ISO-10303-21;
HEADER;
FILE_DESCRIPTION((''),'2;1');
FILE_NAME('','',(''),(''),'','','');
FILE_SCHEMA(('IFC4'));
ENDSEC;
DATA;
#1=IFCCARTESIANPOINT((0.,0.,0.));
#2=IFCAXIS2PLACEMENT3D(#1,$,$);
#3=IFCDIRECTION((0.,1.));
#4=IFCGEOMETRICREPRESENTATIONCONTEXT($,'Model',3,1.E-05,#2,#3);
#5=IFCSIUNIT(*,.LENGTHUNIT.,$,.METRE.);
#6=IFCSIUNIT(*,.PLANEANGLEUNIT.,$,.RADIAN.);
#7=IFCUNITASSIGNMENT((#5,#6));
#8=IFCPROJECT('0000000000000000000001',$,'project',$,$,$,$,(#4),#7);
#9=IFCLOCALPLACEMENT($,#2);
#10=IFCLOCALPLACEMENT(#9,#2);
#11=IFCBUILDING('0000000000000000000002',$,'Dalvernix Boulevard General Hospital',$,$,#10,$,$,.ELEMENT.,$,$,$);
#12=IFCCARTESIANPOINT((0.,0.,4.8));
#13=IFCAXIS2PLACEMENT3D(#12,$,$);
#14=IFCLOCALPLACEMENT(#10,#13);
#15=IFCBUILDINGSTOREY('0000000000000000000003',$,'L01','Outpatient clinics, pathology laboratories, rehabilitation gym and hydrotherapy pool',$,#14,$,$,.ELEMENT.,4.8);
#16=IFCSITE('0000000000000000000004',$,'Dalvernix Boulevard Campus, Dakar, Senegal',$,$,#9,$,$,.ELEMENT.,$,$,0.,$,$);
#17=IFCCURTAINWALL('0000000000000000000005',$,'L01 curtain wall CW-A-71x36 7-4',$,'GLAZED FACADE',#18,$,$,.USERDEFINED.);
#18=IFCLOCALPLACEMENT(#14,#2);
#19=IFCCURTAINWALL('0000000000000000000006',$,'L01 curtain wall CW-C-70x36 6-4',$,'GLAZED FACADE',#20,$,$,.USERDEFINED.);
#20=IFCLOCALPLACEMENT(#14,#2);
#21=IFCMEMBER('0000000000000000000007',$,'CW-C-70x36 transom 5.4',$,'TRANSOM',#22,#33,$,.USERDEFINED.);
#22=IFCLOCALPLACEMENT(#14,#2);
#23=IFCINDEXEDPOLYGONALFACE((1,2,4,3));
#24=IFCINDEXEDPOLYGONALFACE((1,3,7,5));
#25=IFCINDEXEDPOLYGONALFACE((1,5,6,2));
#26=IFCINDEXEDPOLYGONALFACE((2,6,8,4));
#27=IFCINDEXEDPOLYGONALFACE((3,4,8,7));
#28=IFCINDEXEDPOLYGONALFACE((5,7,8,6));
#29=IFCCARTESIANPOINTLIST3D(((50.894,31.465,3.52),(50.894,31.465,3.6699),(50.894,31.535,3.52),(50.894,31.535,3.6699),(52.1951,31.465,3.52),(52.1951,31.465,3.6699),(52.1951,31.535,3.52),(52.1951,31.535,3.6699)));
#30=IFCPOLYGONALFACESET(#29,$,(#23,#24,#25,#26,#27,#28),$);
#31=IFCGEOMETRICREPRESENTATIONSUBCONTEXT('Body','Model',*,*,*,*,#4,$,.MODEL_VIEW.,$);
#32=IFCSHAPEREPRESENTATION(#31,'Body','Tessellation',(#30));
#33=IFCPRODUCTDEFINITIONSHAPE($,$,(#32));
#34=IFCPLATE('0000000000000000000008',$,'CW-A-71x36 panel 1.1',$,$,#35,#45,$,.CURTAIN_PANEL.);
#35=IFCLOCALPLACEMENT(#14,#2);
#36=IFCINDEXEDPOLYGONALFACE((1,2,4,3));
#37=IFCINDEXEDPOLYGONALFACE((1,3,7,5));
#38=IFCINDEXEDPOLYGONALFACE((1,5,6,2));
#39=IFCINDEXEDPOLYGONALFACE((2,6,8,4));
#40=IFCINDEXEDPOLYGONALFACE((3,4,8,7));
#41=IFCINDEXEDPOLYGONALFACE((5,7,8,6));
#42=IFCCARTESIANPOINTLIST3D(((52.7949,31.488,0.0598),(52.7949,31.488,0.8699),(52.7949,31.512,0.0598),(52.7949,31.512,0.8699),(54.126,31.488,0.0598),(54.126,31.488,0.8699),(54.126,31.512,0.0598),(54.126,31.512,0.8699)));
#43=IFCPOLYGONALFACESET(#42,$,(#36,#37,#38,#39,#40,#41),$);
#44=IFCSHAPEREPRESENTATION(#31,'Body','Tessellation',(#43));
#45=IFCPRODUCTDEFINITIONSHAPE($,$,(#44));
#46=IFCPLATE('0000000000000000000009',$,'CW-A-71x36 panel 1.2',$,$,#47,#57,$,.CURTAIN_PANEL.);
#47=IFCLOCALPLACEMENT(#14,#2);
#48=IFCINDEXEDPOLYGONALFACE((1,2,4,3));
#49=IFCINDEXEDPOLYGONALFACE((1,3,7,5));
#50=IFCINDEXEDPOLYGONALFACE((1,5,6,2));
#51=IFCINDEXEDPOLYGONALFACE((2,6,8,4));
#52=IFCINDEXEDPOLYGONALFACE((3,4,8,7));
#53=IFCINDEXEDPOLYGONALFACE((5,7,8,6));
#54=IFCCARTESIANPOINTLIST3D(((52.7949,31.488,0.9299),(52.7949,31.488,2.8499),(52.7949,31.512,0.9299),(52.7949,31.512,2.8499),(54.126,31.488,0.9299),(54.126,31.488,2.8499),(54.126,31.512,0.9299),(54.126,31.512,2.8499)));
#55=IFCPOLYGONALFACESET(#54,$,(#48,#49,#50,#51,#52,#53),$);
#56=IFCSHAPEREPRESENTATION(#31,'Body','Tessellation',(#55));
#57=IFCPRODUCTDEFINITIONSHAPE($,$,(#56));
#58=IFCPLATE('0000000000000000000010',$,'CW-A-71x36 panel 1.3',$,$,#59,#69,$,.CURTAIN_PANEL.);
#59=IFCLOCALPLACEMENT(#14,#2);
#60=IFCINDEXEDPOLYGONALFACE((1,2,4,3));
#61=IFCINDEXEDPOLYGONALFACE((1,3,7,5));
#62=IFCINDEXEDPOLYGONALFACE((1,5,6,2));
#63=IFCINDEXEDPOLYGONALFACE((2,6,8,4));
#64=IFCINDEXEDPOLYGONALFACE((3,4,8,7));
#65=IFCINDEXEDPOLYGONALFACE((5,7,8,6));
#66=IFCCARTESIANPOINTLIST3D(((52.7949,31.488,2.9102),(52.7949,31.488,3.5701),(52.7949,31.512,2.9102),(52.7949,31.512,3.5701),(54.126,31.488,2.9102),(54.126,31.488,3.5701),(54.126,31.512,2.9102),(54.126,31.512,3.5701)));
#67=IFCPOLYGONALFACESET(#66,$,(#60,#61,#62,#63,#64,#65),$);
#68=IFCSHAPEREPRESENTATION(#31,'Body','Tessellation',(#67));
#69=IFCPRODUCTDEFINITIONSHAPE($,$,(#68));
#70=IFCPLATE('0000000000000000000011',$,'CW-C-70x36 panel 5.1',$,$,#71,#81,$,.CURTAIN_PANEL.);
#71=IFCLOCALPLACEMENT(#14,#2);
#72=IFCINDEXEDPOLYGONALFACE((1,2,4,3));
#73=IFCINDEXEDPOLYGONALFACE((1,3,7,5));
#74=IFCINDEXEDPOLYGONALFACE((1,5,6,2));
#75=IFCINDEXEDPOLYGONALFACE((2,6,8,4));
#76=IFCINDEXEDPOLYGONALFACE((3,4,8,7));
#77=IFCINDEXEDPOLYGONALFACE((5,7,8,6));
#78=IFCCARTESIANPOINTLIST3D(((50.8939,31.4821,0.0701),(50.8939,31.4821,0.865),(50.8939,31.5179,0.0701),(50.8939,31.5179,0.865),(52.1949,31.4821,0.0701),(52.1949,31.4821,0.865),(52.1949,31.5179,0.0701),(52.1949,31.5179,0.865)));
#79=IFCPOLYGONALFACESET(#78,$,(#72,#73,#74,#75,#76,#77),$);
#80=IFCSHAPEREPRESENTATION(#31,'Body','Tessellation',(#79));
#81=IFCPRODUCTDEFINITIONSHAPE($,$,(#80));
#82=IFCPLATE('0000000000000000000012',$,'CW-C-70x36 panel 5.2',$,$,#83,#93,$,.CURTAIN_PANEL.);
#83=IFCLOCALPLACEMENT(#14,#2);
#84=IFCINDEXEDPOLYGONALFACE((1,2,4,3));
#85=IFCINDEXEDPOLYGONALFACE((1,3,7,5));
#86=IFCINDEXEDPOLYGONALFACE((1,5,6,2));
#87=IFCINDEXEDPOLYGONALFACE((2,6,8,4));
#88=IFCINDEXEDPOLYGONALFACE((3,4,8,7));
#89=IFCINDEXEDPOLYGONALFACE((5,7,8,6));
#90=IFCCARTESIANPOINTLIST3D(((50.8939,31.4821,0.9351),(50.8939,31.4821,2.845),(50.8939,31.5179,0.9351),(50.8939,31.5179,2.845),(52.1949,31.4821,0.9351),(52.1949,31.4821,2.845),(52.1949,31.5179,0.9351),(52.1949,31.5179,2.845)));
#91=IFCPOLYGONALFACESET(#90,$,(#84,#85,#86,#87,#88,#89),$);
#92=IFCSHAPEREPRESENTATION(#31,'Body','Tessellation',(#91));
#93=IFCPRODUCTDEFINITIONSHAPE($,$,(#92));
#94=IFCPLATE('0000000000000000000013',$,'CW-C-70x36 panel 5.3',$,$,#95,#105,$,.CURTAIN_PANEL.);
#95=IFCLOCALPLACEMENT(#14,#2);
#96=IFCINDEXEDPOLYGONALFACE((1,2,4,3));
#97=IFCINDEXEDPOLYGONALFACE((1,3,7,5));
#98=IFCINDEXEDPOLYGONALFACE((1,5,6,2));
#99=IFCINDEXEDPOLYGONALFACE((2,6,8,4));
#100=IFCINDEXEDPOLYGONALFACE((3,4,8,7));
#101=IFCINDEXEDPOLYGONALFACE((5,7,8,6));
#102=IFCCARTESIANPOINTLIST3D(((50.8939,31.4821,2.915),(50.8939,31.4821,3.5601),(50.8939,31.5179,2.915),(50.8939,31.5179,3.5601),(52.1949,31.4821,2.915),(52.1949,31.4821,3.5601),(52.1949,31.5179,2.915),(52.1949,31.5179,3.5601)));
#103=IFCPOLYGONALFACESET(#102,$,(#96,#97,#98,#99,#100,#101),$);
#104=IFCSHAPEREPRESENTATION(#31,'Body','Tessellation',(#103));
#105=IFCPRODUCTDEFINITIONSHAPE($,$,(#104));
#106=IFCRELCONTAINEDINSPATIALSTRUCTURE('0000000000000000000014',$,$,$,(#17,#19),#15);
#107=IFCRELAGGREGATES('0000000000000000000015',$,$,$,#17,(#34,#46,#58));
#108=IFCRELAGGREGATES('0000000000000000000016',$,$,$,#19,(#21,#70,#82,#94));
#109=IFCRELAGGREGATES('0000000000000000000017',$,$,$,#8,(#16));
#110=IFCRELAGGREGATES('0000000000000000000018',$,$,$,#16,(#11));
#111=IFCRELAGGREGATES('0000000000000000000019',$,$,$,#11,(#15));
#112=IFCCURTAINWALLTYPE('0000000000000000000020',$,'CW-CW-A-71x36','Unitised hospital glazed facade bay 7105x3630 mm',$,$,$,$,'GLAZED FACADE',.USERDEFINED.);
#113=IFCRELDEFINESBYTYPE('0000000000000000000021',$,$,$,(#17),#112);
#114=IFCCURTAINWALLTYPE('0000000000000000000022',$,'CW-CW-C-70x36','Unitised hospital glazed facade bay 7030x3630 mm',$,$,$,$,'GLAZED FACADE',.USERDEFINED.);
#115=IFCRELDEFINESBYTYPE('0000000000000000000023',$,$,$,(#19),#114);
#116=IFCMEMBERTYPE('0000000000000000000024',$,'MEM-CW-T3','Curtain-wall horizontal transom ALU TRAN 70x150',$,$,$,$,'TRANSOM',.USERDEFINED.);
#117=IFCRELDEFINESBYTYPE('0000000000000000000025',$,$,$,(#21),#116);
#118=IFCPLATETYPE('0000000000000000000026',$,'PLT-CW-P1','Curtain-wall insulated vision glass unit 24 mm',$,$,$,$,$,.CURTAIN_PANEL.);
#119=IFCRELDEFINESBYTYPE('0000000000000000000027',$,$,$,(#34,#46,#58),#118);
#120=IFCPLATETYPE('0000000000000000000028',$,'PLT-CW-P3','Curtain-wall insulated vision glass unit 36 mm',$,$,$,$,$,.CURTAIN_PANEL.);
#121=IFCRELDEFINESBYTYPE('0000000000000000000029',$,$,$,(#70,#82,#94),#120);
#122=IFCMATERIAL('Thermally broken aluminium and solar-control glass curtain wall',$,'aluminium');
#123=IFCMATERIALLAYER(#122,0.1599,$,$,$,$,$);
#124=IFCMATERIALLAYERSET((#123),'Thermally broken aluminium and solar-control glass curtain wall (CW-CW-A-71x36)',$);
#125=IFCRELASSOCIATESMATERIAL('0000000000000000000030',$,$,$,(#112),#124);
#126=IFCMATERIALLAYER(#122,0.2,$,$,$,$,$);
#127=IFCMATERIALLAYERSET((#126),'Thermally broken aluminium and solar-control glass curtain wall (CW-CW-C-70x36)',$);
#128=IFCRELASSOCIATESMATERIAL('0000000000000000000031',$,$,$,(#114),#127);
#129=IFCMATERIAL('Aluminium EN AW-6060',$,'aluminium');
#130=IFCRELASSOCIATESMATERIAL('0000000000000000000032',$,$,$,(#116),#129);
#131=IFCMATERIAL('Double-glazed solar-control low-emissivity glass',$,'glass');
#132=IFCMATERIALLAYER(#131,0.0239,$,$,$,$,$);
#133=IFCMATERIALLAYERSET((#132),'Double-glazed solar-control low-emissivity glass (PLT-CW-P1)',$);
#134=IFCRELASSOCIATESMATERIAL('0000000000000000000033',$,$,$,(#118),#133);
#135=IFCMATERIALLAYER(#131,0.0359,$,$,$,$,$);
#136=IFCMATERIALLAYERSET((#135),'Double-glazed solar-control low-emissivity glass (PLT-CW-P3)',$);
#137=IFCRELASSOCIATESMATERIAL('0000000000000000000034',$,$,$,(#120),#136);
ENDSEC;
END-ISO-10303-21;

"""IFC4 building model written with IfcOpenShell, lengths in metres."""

from ifc_helpers import new_model, si_unit, direction, frame, origin, origin_2d, place, context, subcontext, project, spatial, rectangle, extrude, material, layer, layer_set, material_profile, profile_set, type_object, element, aggregate, save


model = new_model("IFC4")

# Units and contexts
model_context = context("Model", 3, precision=1e-05, world=origin(), true_north=direction((0.0, 1.0)))
body_context = subcontext(model_context, "Body", "Model", "MODEL_VIEW")
ifc_project = project(units=[si_unit("LENGTHUNIT", "METRE"), si_unit("PLANEANGLEUNIT", "RADIAN")], contexts=[model_context])

# Site, building, storey
site_placement = place(None, origin())
site = spatial("IfcSite", under=ifc_project, at=site_placement, Name="Dalvernix Boulevard Campus, Dakar, Senegal", CompositionType="ELEMENT", RefElevation=0.0)
building_placement = place(site_placement, origin())
building = spatial("IfcBuilding", under=site, at=building_placement, Name="Dalvernix Boulevard General Hospital", CompositionType="ELEMENT")
storey_placement = place(building_placement, frame((0.0, 0.0, 4.8)))
storey = spatial("IfcBuildingStorey", under=building, at=storey_placement, Name="L01", Description="Outpatient clinics, pathology laboratories, rehabilitation gym and hydrotherapy pool", CompositionType="ELEMENT", Elevation=4.8)

# Curtain wall
ifc_material_1 = material(Name="Thermally broken aluminium and solar-control glass curtain wall", Category="aluminium")
ifc_layer_1 = layer(ifc_material_1, 0.1599)
ifc_layer_set_1 = layer_set([ifc_layer_1], Name="Thermally broken aluminium and solar-control glass curtain wall (CW-CW-A-71x36)")
curtain_wall_type_1 = type_object("IfcCurtainWallType", Name="CW-CW-A-71x36", Description="Unitised hospital glazed facade bay 7105x3630 mm", ElementType="GLAZED FACADE", PredefinedType="USERDEFINED", material=ifc_layer_set_1)
curtain_wall_1_placement = place(storey_placement, origin())
curtain_wall_1 = element("IfcCurtainWall", 1, at=curtain_wall_1_placement, inside=storey, type_object=curtain_wall_type_1, Name="L01 curtain wall CW-A-71x36 7-4", ObjectType="GLAZED FACADE", PredefinedType="USERDEFINED")
ifc_material_2 = material(Name="Aluminium EN AW-6060", Category="aluminium")

# Curtain wall
ifc_layer_2 = layer(ifc_material_1, 0.2)
ifc_layer_set_2 = layer_set([ifc_layer_2], Name="Thermally broken aluminium and solar-control glass curtain wall (CW-CW-C-70x36)")
curtain_wall_type_2 = type_object("IfcCurtainWallType", Name="CW-CW-C-70x36", Description="Unitised hospital glazed facade bay 7030x3630 mm", ElementType="GLAZED FACADE", PredefinedType="USERDEFINED", material=ifc_layer_set_2)
curtain_wall_2_placement = place(storey_placement, origin())
curtain_wall_2 = element("IfcCurtainWall", 2, at=curtain_wall_2_placement, inside=storey, type_object=curtain_wall_type_2, Name="L01 curtain wall CW-C-70x36 6-4", ObjectType="GLAZED FACADE", PredefinedType="USERDEFINED")

# Member
ifc_material_profile_1 = material_profile(ifc_material_2, rectangle(XDim=0.0701, YDim=0.1499, at=origin_2d()), Name="ALU TRAN 70x150")
ifc_profile_set_1 = profile_set([ifc_material_profile_1], Name="Aluminium EN AW-6060")
member_type_1 = type_object("IfcMemberType", Name="MEM-CW-T3", Description="Curtain-wall horizontal transom ALU TRAN 70x150", ElementType="TRANSOM", PredefinedType="USERDEFINED", material=ifc_profile_set_1)
member_1_placement = place(storey_placement, frame((50.894, 31.5, 3.595), z_axis=(1.0, 0.0, 0.0), x_axis=(0.0, 1.0, 0.0)))
member_1 = element("IfcMember", 3, at=member_1_placement, type_object=member_type_1, Name="CW-C-70x36 transom 5.4", ObjectType="TRANSOM", PredefinedType="USERDEFINED", context=body_context, shape_type="SweptSolid", body=[
    extrude(rectangle(XDim=0.0701, YDim=0.1499, at=origin_2d()), origin(), (0.0, 0.0, 1.0), 1.301),
])

# Plates
ifc_material_3 = material(Name="Double-glazed solar-control low-emissivity glass", Category="glass")
ifc_layer_3 = layer(ifc_material_3, 0.0239)
ifc_layer_set_3 = layer_set([ifc_layer_3], Name="Double-glazed solar-control low-emissivity glass (PLT-CW-P1)")
plate_type_1 = type_object("IfcPlateType", Name="PLT-CW-P1", Description="Curtain-wall insulated vision glass unit 24 mm", PredefinedType="CURTAIN_PANEL", material=ifc_layer_set_3)
plate_1_placement = place(storey_placement, frame((53.4604, 31.5, 0.0598), z_axis=(0.0, 0.0, 1.0), x_axis=(1.0, 0.0, 0.0)))
plate_1 = element("IfcPlate", 4, at=plate_1_placement, type_object=plate_type_1, Name="CW-A-71x36 panel 1.1", PredefinedType="CURTAIN_PANEL", context=body_context, shape_type="SweptSolid", body=[
    extrude(rectangle(XDim=1.3311, YDim=0.0239, at=origin_2d()), origin(), (0.0, 0.0, 1.0), 0.8101),
])
plate_2_placement = place(storey_placement, frame((53.4604, 31.5, 0.9299), z_axis=(0.0, 0.0, 1.0), x_axis=(1.0, 0.0, 0.0)))
plate_2 = element("IfcPlate", 5, at=plate_2_placement, type_object=plate_type_1, Name="CW-A-71x36 panel 1.2", PredefinedType="CURTAIN_PANEL", context=body_context, shape_type="SweptSolid", body=[
    extrude(rectangle(XDim=1.3311, YDim=0.0239, at=origin_2d()), origin(), (0.0, 0.0, 1.0), 1.9199),
])
plate_3_placement = place(storey_placement, frame((53.4604, 31.5, 2.9102), z_axis=(0.0, 0.0, 1.0), x_axis=(1.0, 0.0, 0.0)))
plate_3 = element("IfcPlate", 6, at=plate_3_placement, type_object=plate_type_1, Name="CW-A-71x36 panel 1.3", PredefinedType="CURTAIN_PANEL", context=body_context, shape_type="SweptSolid", body=[
    extrude(rectangle(XDim=1.3311, YDim=0.0239, at=origin_2d()), origin(), (0.0, 0.0, 1.0), 0.6599),
])
aggregate(curtain_wall_1, [plate_1, plate_2, plate_3])
ifc_layer_4 = layer(ifc_material_3, 0.0359)
ifc_layer_set_4 = layer_set([ifc_layer_4], Name="Double-glazed solar-control low-emissivity glass (PLT-CW-P3)")
plate_type_2 = type_object("IfcPlateType", Name="PLT-CW-P3", Description="Curtain-wall insulated vision glass unit 36 mm", PredefinedType="CURTAIN_PANEL", material=ifc_layer_set_4)
plate_4_placement = place(storey_placement, frame((51.5444, 31.5, 0.0701), z_axis=(0.0, 0.0, 1.0), x_axis=(1.0, 0.0, 0.0)))
plate_4 = element("IfcPlate", 7, at=plate_4_placement, type_object=plate_type_2, Name="CW-C-70x36 panel 5.1", PredefinedType="CURTAIN_PANEL", context=body_context, shape_type="SweptSolid", body=[
    extrude(rectangle(XDim=1.301, YDim=0.0359, at=origin_2d()), origin(), (0.0, 0.0, 1.0), 0.7949),
])
plate_5_placement = place(storey_placement, frame((51.5444, 31.5, 0.9351), z_axis=(0.0, 0.0, 1.0), x_axis=(1.0, 0.0, 0.0)))
plate_5 = element("IfcPlate", 8, at=plate_5_placement, type_object=plate_type_2, Name="CW-C-70x36 panel 5.2", PredefinedType="CURTAIN_PANEL", context=body_context, shape_type="SweptSolid", body=[
    extrude(rectangle(XDim=1.301, YDim=0.0359, at=origin_2d()), origin(), (0.0, 0.0, 1.0), 1.9099),
])
plate_6_placement = place(storey_placement, frame((51.5444, 31.5, 2.915), z_axis=(0.0, 0.0, 1.0), x_axis=(1.0, 0.0, 0.0)))
plate_6 = element("IfcPlate", 9, at=plate_6_placement, type_object=plate_type_2, Name="CW-C-70x36 panel 5.3", PredefinedType="CURTAIN_PANEL", context=body_context, shape_type="SweptSolid", body=[
    extrude(rectangle(XDim=1.301, YDim=0.0359, at=origin_2d()), origin(), (0.0, 0.0, 1.0), 0.645),
])
aggregate(curtain_wall_2, [member_1, plate_4, plate_5, plate_6])

save(model, "model.ifc")
